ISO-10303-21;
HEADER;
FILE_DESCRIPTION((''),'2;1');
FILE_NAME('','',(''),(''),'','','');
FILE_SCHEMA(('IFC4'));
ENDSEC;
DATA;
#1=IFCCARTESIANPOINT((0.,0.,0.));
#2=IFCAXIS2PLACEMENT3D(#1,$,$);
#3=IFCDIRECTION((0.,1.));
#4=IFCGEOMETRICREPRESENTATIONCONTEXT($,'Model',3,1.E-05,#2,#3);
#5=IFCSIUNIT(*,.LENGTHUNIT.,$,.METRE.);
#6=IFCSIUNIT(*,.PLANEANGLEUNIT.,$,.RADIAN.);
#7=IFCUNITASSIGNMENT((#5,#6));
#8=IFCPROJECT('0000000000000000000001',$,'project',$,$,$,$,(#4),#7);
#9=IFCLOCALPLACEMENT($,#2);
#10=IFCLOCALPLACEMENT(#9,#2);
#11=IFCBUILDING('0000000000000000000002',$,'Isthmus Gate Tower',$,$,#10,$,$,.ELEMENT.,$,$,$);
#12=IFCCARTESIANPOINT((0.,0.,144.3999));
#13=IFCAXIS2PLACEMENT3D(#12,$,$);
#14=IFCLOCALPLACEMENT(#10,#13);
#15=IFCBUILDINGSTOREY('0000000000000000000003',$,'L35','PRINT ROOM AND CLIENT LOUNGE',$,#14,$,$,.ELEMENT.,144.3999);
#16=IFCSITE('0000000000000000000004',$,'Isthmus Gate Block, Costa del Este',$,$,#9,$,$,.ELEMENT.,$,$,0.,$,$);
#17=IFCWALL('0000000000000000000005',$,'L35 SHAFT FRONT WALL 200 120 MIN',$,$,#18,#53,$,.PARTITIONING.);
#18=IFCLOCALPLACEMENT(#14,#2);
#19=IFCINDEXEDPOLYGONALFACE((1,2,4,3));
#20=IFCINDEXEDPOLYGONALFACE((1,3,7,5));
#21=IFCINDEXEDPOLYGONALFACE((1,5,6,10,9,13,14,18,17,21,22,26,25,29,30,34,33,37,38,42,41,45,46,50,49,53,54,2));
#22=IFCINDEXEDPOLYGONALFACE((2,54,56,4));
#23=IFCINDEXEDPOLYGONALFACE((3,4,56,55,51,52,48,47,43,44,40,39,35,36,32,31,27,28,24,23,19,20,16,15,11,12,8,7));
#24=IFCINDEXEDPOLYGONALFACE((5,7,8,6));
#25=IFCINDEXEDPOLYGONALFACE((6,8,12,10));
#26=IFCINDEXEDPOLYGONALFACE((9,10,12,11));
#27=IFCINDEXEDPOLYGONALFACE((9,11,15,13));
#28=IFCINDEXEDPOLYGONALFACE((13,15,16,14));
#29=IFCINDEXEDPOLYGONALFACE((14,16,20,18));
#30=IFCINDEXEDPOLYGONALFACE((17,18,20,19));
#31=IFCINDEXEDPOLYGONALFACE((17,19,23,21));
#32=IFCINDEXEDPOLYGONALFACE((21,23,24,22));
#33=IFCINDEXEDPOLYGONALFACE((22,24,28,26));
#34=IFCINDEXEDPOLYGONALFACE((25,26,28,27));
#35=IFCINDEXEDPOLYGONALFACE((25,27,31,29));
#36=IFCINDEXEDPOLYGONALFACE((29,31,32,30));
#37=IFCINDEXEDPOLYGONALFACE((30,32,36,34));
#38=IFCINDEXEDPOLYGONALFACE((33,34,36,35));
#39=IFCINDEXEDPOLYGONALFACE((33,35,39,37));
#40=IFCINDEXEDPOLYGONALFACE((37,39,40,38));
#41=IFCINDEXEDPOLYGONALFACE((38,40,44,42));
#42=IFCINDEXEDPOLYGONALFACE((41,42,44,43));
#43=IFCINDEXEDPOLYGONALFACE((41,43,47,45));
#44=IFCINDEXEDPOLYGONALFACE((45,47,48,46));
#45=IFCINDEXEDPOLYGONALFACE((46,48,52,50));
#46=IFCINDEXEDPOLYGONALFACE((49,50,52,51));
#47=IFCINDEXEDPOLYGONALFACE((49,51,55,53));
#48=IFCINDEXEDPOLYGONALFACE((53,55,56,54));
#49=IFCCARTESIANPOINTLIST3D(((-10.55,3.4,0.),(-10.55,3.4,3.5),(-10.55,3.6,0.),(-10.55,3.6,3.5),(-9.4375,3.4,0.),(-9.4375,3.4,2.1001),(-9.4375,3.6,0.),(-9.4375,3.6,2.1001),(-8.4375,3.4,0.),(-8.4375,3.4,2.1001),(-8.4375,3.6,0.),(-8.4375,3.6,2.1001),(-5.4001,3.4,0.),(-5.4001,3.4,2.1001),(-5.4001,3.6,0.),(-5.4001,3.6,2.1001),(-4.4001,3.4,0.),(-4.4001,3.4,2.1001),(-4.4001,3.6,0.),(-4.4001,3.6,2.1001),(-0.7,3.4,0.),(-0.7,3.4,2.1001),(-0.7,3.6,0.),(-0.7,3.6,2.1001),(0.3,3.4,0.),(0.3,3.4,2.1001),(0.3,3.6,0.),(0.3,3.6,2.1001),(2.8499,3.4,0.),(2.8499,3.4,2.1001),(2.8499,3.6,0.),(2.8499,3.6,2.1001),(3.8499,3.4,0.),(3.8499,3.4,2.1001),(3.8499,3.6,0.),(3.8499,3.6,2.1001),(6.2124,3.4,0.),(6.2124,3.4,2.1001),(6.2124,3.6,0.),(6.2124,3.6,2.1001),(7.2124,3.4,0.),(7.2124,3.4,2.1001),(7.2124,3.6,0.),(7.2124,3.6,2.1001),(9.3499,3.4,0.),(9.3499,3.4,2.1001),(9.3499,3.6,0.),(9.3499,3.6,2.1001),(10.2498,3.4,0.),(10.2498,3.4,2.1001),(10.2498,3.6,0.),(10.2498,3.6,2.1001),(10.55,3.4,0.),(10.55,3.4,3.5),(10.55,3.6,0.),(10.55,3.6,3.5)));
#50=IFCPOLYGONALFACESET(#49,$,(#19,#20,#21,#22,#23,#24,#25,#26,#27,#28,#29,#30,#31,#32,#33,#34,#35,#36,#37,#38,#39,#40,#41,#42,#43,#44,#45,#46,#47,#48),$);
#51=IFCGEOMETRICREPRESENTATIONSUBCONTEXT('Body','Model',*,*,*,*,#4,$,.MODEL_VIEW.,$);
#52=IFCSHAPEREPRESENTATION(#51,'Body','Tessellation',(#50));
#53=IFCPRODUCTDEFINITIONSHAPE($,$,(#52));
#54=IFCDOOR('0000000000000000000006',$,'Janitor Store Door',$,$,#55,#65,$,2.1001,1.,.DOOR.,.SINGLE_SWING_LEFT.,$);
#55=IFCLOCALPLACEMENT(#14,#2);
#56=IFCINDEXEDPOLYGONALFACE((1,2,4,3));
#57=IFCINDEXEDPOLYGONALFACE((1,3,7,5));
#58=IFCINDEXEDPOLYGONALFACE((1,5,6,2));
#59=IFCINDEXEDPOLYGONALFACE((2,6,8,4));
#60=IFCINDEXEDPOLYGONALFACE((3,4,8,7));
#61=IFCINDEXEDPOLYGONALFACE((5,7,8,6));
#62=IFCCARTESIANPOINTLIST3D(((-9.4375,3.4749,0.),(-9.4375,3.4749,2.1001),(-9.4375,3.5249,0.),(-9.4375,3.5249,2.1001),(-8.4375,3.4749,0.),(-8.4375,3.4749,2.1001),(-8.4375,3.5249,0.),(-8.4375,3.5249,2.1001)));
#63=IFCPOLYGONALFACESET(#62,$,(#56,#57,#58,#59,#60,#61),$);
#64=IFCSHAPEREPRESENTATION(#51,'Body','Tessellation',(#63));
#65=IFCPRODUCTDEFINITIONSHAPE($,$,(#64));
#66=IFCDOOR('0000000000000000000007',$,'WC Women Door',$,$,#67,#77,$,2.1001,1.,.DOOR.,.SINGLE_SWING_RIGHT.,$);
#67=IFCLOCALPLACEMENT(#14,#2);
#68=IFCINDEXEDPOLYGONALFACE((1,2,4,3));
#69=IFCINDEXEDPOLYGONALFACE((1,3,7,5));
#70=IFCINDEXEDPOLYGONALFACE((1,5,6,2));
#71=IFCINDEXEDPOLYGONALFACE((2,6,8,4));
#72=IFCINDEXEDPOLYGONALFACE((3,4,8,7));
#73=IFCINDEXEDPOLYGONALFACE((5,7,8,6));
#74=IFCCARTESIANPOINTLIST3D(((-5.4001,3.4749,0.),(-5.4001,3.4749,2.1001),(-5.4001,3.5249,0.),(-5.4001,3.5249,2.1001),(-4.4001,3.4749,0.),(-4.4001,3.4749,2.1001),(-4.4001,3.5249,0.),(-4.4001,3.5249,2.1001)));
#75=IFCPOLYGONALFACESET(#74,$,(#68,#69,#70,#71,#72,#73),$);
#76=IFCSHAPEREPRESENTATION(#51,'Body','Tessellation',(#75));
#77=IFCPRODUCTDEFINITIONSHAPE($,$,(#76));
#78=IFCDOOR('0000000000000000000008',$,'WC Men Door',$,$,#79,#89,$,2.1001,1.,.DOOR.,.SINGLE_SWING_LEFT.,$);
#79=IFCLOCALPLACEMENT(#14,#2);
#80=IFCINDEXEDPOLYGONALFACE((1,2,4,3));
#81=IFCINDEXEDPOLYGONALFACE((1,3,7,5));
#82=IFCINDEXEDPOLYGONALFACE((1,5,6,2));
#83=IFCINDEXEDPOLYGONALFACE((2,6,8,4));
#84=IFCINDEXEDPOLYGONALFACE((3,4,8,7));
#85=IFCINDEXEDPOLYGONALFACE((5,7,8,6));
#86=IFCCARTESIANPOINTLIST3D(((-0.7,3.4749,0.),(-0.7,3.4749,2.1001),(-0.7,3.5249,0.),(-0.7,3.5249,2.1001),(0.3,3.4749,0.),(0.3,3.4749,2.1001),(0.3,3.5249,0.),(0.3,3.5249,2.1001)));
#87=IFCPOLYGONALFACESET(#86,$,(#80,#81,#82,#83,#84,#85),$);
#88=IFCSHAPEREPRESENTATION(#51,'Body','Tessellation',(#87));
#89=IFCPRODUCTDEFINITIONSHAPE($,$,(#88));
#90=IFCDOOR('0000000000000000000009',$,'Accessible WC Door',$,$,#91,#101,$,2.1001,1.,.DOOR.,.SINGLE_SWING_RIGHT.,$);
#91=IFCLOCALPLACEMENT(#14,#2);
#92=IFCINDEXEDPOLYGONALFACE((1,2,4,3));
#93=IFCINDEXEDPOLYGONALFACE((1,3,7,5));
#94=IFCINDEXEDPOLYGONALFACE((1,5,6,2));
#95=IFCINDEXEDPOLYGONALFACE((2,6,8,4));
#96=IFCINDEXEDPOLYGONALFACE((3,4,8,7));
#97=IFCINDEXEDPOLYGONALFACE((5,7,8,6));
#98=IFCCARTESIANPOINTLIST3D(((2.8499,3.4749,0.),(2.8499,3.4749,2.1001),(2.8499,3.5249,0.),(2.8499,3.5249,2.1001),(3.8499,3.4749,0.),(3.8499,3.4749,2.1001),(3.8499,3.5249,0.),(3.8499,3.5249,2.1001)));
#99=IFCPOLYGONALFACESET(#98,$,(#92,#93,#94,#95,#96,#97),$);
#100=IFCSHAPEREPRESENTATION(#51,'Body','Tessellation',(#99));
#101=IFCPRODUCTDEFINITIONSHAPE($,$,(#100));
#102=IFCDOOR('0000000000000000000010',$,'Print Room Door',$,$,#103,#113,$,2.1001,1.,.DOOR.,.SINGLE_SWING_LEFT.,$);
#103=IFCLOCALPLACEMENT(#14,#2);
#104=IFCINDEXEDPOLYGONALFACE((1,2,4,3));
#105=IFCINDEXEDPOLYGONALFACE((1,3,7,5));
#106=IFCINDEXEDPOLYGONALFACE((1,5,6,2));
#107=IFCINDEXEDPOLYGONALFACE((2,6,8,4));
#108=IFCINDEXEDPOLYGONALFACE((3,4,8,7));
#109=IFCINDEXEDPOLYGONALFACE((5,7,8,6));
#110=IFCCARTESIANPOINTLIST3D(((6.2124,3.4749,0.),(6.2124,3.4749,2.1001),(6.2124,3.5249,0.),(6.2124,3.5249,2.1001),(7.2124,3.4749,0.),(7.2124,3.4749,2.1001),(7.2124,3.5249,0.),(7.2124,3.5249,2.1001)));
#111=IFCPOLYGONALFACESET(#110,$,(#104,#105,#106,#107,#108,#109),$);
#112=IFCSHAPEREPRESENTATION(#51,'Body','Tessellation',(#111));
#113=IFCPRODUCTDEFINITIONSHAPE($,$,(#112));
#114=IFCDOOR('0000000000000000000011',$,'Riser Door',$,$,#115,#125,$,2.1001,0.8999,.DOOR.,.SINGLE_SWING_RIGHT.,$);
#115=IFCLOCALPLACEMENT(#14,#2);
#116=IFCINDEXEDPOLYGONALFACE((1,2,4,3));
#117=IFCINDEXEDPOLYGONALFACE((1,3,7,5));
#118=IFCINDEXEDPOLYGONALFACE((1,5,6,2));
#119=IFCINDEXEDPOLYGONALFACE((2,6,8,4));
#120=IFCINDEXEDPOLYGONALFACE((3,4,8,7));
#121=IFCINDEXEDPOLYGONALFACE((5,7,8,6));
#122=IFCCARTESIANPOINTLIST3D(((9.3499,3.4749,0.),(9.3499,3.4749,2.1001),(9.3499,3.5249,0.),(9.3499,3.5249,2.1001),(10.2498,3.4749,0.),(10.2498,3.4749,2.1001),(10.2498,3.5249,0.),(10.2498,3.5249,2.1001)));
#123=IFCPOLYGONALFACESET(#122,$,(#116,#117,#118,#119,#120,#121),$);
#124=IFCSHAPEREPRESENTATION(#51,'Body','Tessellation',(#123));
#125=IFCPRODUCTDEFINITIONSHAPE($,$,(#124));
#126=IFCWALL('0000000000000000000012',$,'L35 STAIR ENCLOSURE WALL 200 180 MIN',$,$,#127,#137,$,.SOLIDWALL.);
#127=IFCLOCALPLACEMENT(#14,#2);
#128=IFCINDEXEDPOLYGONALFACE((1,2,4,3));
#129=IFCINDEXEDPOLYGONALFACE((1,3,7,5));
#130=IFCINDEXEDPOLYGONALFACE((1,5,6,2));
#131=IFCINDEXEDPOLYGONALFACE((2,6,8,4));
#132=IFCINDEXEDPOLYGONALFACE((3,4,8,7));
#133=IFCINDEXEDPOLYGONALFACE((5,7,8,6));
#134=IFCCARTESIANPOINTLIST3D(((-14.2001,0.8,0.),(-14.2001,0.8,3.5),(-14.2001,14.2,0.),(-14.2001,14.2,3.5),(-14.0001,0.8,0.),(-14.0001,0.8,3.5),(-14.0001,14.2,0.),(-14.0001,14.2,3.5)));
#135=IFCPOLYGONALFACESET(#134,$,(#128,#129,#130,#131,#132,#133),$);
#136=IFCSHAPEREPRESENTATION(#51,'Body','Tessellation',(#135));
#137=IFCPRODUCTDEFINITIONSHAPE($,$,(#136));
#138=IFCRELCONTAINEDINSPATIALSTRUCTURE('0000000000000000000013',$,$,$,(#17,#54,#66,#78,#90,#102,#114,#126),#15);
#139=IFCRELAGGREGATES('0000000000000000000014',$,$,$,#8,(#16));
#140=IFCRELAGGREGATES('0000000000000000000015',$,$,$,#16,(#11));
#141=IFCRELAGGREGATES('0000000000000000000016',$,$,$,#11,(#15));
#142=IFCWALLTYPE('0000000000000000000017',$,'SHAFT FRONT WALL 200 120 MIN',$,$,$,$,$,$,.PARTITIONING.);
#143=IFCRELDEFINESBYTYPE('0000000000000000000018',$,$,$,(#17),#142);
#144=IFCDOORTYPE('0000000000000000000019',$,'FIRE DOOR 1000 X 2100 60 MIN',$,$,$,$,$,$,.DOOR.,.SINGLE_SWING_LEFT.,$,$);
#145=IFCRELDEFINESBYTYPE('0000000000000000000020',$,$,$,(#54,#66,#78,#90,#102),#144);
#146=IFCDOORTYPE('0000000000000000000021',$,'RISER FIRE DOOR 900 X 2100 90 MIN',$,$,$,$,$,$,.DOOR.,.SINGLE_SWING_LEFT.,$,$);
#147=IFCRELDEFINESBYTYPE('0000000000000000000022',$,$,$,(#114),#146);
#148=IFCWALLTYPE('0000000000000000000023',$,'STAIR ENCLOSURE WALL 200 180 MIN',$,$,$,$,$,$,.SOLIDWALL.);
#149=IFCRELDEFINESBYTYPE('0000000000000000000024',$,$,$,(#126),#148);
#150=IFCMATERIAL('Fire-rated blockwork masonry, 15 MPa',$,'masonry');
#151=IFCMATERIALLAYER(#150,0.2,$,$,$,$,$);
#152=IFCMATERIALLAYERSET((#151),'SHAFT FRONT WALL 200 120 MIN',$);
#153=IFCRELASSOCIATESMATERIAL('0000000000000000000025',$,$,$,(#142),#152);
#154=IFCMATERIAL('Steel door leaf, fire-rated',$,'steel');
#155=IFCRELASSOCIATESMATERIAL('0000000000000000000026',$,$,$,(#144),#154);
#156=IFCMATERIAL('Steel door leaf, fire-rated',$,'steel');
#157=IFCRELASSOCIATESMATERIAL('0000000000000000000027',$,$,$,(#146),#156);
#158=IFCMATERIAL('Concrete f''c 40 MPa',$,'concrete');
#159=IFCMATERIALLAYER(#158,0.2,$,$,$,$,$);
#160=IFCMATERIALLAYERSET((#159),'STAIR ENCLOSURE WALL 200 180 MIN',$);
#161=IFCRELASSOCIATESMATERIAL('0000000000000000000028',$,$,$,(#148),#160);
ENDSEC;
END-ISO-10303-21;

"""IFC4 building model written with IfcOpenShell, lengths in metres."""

from ifc_helpers import new_model, si_unit, direction, frame, frame_2d, origin, place, context, subcontext, project, spatial, rectangle, extrude, material, layer, layer_set, type_object, element, fill, save


model = new_model("IFC4")

# Units and contexts
model_context = context("Model", 3, precision=1e-05, world=origin(), true_north=direction((0.0, 1.0)))
body_context = subcontext(model_context, "Body", "Model", "MODEL_VIEW")
ifc_project = project(units=[si_unit("LENGTHUNIT", "METRE"), si_unit("PLANEANGLEUNIT", "RADIAN")], contexts=[model_context])

# Site, building, storey
site_placement = place(None, origin())
site = spatial("IfcSite", under=ifc_project, at=site_placement, Name="Isthmus Gate Block, Costa del Este", CompositionType="ELEMENT", RefElevation=0.0)
building_placement = place(site_placement, origin())
building = spatial("IfcBuilding", under=site, at=building_placement, Name="Isthmus Gate Tower", CompositionType="ELEMENT")
storey_placement = place(building_placement, frame((0.0, 0.0, 144.3999)))
storey = spatial("IfcBuildingStorey", under=building, at=storey_placement, Name="L35", Description="PRINT ROOM AND CLIENT LOUNGE", CompositionType="ELEMENT", Elevation=144.3999)

# Wall, openings, doors
ifc_material_1 = material(Name="Fire-rated blockwork masonry, 15 MPa", Category="masonry")
ifc_layer_1 = layer(ifc_material_1, 0.2)
ifc_layer_set_1 = layer_set([ifc_layer_1], Name="SHAFT FRONT WALL 200 120 MIN")
wall_type_1 = type_object("IfcWallType", Name="SHAFT FRONT WALL 200 120 MIN", PredefinedType="PARTITIONING", material=ifc_layer_set_1)
wall_1_placement = place(storey_placement, frame((-10.55, 3.5, 0.0), z_axis=(0.0, 0.0, 1.0), x_axis=(1.0, 0.0, 0.0)))
wall_1 = element("IfcWall", 1, at=wall_1_placement, inside=storey, type_object=wall_type_1, Name="L35 SHAFT FRONT WALL 200 120 MIN", PredefinedType="PARTITIONING", context=body_context, shape_type="SweptSolid", body=[
    extrude(rectangle(XDim=21.1001, YDim=0.2, at=frame_2d((10.55, 0.0))), origin(), (0.0, 0.0, 1.0), 3.5),
])
opening_1_placement = place(wall_1_placement, frame((1.1125, 0.0, 0.0)))
opening_1 = element("IfcOpeningElement", 2, at=opening_1_placement, cuts=wall_1, PredefinedType="OPENING", context=body_context, shape_type="SweptSolid", body=[
    extrude(rectangle(XDim=1.0, YDim=2.1001, at=frame_2d((0.5, 1.05))), frame((0.0, 0.1099, 0.0), z_axis=(0.0, -1.0, 0.0), x_axis=(1.0, 0.0, 0.0)), (0.0, 0.0, 1.0), 0.22),
])
opening_2_placement = place(wall_1_placement, frame((5.1499, 0.0, 0.0)))
opening_2 = element("IfcOpeningElement", 3, at=opening_2_placement, cuts=wall_1, PredefinedType="OPENING", context=body_context, shape_type="SweptSolid", body=[
    extrude(rectangle(XDim=1.0, YDim=2.1001, at=frame_2d((0.5, 1.05))), frame((0.0, 0.1099, 0.0), z_axis=(0.0, -1.0, 0.0), x_axis=(1.0, 0.0, 0.0)), (0.0, 0.0, 1.0), 0.22),
])
opening_3_placement = place(wall_1_placement, frame((9.8501, 0.0, 0.0)))
opening_3 = element("IfcOpeningElement", 4, at=opening_3_placement, cuts=wall_1, PredefinedType="OPENING", context=body_context, shape_type="SweptSolid", body=[
    extrude(rectangle(XDim=1.0, YDim=2.1001, at=frame_2d((0.5, 1.05))), frame((0.0, 0.1099, 0.0), z_axis=(0.0, -1.0, 0.0), x_axis=(1.0, 0.0, 0.0)), (0.0, 0.0, 1.0), 0.22),
])
opening_4_placement = place(wall_1_placement, frame((13.3999, 0.0, 0.0)))
opening_4 = element("IfcOpeningElement", 5, at=opening_4_placement, cuts=wall_1, PredefinedType="OPENING", context=body_context, shape_type="SweptSolid", body=[
    extrude(rectangle(XDim=1.0, YDim=2.1001, at=frame_2d((0.5, 1.05))), frame((0.0, 0.1099, 0.0), z_axis=(0.0, -1.0, 0.0), x_axis=(1.0, 0.0, 0.0)), (0.0, 0.0, 1.0), 0.22),
])
opening_5_placement = place(wall_1_placement, frame((16.7625, 0.0, 0.0)))
opening_5 = element("IfcOpeningElement", 6, at=opening_5_placement, cuts=wall_1, PredefinedType="OPENING", context=body_context, shape_type="SweptSolid", body=[
    extrude(rectangle(XDim=1.0, YDim=2.1001, at=frame_2d((0.5, 1.05))), frame((0.0, 0.1099, 0.0), z_axis=(0.0, -1.0, 0.0), x_axis=(1.0, 0.0, 0.0)), (0.0, 0.0, 1.0), 0.22),
])
opening_6_placement = place(wall_1_placement, frame((19.8999, 0.0, 0.0)))
opening_6 = element("IfcOpeningElement", 7, at=opening_6_placement, cuts=wall_1, PredefinedType="OPENING", context=body_context, shape_type="SweptSolid", body=[
    extrude(rectangle(XDim=0.8999, YDim=2.1001, at=frame_2d((0.45, 1.05))), frame((0.0, 0.1099, 0.0), z_axis=(0.0, -1.0, 0.0), x_axis=(1.0, 0.0, 0.0)), (0.0, 0.0, 1.0), 0.22),
])
ifc_material_2 = material(Name="Steel door leaf, fire-rated", Category="steel")
door_type_1 = type_object("IfcDoorType", Name="FIRE DOOR 1000 X 2100 60 MIN", OperationType="SINGLE_SWING_LEFT", PredefinedType="DOOR", material=ifc_material_2)
door_1_placement = place(opening_1_placement, origin())
door_1 = element("IfcDoor", 8, at=door_1_placement, inside=storey, type_object=door_type_1, Name="Janitor Store Door", OperationType="SINGLE_SWING_LEFT", OverallHeight=2.1001, OverallWidth=1.0, PredefinedType="DOOR", context=body_context, shape_type="SweptSolid", body=[
    extrude(rectangle(XDim=1.0, YDim=2.1001, at=frame_2d((0.5, 1.05))), frame((0.0, 0.0249, 0.0), z_axis=(0.0, -1.0, 0.0), x_axis=(1.0, 0.0, 0.0)), (0.0, 0.0, 1.0), 0.05),
])
fill(opening_1, door_1)
door_2_placement = place(opening_2_placement, origin())
door_2 = element("IfcDoor", 9, at=door_2_placement, inside=storey, type_object=door_type_1, Name="WC Women Door", OperationType="SINGLE_SWING_RIGHT", OverallHeight=2.1001, OverallWidth=1.0, PredefinedType="DOOR", context=body_context, shape_type="SweptSolid", body=[
    extrude(rectangle(XDim=1.0, YDim=2.1001, at=frame_2d((0.5, 1.05))), frame((0.0, 0.0249, 0.0), z_axis=(0.0, -1.0, 0.0), x_axis=(1.0, 0.0, 0.0)), (0.0, 0.0, 1.0), 0.05),
])
fill(opening_2, door_2)
door_3_placement = place(opening_3_placement, origin())
door_3 = element("IfcDoor", 10, at=door_3_placement, inside=storey, type_object=door_type_1, Name="WC Men Door", OperationType="SINGLE_SWING_LEFT", OverallHeight=2.1001, OverallWidth=1.0, PredefinedType="DOOR", context=body_context, shape_type="SweptSolid", body=[
    extrude(rectangle(XDim=1.0, YDim=2.1001, at=frame_2d((0.5, 1.05))), frame((0.0, 0.0249, 0.0), z_axis=(0.0, -1.0, 0.0), x_axis=(1.0, 0.0, 0.0)), (0.0, 0.0, 1.0), 0.05),
])
fill(opening_3, door_3)
door_4_placement = place(opening_4_placement, origin())
door_4 = element("IfcDoor", 11, at=door_4_placement, inside=storey, type_object=door_type_1, Name="Accessible WC Door", OperationType="SINGLE_SWING_RIGHT", OverallHeight=2.1001, OverallWidth=1.0, PredefinedType="DOOR", context=body_context, shape_type="SweptSolid", body=[
    extrude(rectangle(XDim=1.0, YDim=2.1001, at=frame_2d((0.5, 1.05))), frame((0.0, 0.0249, 0.0), z_axis=(0.0, -1.0, 0.0), x_axis=(1.0, 0.0, 0.0)), (0.0, 0.0, 1.0), 0.05),
])
fill(opening_4, door_4)
door_5_placement = place(opening_5_placement, origin())
door_5 = element("IfcDoor", 12, at=door_5_placement, inside=storey, type_object=door_type_1, Name="Print Room Door", OperationType="SINGLE_SWING_LEFT", OverallHeight=2.1001, OverallWidth=1.0, PredefinedType="DOOR", context=body_context, shape_type="SweptSolid", body=[
    extrude(rectangle(XDim=1.0, YDim=2.1001, at=frame_2d((0.5, 1.05))), frame((0.0, 0.0249, 0.0), z_axis=(0.0, -1.0, 0.0), x_axis=(1.0, 0.0, 0.0)), (0.0, 0.0, 1.0), 0.05),
])
fill(opening_5, door_5)
ifc_material_3 = material(Name="Steel door leaf, fire-rated", Category="steel")
door_type_2 = type_object("IfcDoorType", Name="RISER FIRE DOOR 900 X 2100 90 MIN", OperationType="SINGLE_SWING_LEFT", PredefinedType="DOOR", material=ifc_material_3)
door_6_placement = place(opening_6_placement, origin())
door_6 = element("IfcDoor", 13, at=door_6_placement, inside=storey, type_object=door_type_2, Name="Riser Door", OperationType="SINGLE_SWING_RIGHT", OverallHeight=2.1001, OverallWidth=0.8999, PredefinedType="DOOR", context=body_context, shape_type="SweptSolid", body=[
    extrude(rectangle(XDim=0.8999, YDim=2.1001, at=frame_2d((0.45, 1.05))), frame((0.0, 0.0249, 0.0), z_axis=(0.0, -1.0, 0.0), x_axis=(1.0, 0.0, 0.0)), (0.0, 0.0, 1.0), 0.05),
])
fill(opening_6, door_6)

# Wall
ifc_material_4 = material(Name="Concrete f'c 40 MPa", Category="concrete")
ifc_layer_2 = layer(ifc_material_4, 0.2)
ifc_layer_set_2 = layer_set([ifc_layer_2], Name="STAIR ENCLOSURE WALL 200 180 MIN")
wall_type_2 = type_object("IfcWallType", Name="STAIR ENCLOSURE WALL 200 180 MIN", PredefinedType="SOLIDWALL", material=ifc_layer_set_2)
wall_2_placement = place(storey_placement, frame((-14.1001, 0.8, 0.0), z_axis=(0.0, 0.0, 1.0), x_axis=(0.0, 1.0, 0.0)))
element("IfcWall", 14, at=wall_2_placement, inside=storey, type_object=wall_type_2, Name="L35 STAIR ENCLOSURE WALL 200 180 MIN", PredefinedType="SOLIDWALL", context=body_context, shape_type="SweptSolid", body=[
    extrude(rectangle(XDim=13.3999, YDim=0.2, at=frame_2d((6.7, 0.0))), origin(), (0.0, 0.0, 1.0), 3.5),
])

save(model, "model.ifc")
